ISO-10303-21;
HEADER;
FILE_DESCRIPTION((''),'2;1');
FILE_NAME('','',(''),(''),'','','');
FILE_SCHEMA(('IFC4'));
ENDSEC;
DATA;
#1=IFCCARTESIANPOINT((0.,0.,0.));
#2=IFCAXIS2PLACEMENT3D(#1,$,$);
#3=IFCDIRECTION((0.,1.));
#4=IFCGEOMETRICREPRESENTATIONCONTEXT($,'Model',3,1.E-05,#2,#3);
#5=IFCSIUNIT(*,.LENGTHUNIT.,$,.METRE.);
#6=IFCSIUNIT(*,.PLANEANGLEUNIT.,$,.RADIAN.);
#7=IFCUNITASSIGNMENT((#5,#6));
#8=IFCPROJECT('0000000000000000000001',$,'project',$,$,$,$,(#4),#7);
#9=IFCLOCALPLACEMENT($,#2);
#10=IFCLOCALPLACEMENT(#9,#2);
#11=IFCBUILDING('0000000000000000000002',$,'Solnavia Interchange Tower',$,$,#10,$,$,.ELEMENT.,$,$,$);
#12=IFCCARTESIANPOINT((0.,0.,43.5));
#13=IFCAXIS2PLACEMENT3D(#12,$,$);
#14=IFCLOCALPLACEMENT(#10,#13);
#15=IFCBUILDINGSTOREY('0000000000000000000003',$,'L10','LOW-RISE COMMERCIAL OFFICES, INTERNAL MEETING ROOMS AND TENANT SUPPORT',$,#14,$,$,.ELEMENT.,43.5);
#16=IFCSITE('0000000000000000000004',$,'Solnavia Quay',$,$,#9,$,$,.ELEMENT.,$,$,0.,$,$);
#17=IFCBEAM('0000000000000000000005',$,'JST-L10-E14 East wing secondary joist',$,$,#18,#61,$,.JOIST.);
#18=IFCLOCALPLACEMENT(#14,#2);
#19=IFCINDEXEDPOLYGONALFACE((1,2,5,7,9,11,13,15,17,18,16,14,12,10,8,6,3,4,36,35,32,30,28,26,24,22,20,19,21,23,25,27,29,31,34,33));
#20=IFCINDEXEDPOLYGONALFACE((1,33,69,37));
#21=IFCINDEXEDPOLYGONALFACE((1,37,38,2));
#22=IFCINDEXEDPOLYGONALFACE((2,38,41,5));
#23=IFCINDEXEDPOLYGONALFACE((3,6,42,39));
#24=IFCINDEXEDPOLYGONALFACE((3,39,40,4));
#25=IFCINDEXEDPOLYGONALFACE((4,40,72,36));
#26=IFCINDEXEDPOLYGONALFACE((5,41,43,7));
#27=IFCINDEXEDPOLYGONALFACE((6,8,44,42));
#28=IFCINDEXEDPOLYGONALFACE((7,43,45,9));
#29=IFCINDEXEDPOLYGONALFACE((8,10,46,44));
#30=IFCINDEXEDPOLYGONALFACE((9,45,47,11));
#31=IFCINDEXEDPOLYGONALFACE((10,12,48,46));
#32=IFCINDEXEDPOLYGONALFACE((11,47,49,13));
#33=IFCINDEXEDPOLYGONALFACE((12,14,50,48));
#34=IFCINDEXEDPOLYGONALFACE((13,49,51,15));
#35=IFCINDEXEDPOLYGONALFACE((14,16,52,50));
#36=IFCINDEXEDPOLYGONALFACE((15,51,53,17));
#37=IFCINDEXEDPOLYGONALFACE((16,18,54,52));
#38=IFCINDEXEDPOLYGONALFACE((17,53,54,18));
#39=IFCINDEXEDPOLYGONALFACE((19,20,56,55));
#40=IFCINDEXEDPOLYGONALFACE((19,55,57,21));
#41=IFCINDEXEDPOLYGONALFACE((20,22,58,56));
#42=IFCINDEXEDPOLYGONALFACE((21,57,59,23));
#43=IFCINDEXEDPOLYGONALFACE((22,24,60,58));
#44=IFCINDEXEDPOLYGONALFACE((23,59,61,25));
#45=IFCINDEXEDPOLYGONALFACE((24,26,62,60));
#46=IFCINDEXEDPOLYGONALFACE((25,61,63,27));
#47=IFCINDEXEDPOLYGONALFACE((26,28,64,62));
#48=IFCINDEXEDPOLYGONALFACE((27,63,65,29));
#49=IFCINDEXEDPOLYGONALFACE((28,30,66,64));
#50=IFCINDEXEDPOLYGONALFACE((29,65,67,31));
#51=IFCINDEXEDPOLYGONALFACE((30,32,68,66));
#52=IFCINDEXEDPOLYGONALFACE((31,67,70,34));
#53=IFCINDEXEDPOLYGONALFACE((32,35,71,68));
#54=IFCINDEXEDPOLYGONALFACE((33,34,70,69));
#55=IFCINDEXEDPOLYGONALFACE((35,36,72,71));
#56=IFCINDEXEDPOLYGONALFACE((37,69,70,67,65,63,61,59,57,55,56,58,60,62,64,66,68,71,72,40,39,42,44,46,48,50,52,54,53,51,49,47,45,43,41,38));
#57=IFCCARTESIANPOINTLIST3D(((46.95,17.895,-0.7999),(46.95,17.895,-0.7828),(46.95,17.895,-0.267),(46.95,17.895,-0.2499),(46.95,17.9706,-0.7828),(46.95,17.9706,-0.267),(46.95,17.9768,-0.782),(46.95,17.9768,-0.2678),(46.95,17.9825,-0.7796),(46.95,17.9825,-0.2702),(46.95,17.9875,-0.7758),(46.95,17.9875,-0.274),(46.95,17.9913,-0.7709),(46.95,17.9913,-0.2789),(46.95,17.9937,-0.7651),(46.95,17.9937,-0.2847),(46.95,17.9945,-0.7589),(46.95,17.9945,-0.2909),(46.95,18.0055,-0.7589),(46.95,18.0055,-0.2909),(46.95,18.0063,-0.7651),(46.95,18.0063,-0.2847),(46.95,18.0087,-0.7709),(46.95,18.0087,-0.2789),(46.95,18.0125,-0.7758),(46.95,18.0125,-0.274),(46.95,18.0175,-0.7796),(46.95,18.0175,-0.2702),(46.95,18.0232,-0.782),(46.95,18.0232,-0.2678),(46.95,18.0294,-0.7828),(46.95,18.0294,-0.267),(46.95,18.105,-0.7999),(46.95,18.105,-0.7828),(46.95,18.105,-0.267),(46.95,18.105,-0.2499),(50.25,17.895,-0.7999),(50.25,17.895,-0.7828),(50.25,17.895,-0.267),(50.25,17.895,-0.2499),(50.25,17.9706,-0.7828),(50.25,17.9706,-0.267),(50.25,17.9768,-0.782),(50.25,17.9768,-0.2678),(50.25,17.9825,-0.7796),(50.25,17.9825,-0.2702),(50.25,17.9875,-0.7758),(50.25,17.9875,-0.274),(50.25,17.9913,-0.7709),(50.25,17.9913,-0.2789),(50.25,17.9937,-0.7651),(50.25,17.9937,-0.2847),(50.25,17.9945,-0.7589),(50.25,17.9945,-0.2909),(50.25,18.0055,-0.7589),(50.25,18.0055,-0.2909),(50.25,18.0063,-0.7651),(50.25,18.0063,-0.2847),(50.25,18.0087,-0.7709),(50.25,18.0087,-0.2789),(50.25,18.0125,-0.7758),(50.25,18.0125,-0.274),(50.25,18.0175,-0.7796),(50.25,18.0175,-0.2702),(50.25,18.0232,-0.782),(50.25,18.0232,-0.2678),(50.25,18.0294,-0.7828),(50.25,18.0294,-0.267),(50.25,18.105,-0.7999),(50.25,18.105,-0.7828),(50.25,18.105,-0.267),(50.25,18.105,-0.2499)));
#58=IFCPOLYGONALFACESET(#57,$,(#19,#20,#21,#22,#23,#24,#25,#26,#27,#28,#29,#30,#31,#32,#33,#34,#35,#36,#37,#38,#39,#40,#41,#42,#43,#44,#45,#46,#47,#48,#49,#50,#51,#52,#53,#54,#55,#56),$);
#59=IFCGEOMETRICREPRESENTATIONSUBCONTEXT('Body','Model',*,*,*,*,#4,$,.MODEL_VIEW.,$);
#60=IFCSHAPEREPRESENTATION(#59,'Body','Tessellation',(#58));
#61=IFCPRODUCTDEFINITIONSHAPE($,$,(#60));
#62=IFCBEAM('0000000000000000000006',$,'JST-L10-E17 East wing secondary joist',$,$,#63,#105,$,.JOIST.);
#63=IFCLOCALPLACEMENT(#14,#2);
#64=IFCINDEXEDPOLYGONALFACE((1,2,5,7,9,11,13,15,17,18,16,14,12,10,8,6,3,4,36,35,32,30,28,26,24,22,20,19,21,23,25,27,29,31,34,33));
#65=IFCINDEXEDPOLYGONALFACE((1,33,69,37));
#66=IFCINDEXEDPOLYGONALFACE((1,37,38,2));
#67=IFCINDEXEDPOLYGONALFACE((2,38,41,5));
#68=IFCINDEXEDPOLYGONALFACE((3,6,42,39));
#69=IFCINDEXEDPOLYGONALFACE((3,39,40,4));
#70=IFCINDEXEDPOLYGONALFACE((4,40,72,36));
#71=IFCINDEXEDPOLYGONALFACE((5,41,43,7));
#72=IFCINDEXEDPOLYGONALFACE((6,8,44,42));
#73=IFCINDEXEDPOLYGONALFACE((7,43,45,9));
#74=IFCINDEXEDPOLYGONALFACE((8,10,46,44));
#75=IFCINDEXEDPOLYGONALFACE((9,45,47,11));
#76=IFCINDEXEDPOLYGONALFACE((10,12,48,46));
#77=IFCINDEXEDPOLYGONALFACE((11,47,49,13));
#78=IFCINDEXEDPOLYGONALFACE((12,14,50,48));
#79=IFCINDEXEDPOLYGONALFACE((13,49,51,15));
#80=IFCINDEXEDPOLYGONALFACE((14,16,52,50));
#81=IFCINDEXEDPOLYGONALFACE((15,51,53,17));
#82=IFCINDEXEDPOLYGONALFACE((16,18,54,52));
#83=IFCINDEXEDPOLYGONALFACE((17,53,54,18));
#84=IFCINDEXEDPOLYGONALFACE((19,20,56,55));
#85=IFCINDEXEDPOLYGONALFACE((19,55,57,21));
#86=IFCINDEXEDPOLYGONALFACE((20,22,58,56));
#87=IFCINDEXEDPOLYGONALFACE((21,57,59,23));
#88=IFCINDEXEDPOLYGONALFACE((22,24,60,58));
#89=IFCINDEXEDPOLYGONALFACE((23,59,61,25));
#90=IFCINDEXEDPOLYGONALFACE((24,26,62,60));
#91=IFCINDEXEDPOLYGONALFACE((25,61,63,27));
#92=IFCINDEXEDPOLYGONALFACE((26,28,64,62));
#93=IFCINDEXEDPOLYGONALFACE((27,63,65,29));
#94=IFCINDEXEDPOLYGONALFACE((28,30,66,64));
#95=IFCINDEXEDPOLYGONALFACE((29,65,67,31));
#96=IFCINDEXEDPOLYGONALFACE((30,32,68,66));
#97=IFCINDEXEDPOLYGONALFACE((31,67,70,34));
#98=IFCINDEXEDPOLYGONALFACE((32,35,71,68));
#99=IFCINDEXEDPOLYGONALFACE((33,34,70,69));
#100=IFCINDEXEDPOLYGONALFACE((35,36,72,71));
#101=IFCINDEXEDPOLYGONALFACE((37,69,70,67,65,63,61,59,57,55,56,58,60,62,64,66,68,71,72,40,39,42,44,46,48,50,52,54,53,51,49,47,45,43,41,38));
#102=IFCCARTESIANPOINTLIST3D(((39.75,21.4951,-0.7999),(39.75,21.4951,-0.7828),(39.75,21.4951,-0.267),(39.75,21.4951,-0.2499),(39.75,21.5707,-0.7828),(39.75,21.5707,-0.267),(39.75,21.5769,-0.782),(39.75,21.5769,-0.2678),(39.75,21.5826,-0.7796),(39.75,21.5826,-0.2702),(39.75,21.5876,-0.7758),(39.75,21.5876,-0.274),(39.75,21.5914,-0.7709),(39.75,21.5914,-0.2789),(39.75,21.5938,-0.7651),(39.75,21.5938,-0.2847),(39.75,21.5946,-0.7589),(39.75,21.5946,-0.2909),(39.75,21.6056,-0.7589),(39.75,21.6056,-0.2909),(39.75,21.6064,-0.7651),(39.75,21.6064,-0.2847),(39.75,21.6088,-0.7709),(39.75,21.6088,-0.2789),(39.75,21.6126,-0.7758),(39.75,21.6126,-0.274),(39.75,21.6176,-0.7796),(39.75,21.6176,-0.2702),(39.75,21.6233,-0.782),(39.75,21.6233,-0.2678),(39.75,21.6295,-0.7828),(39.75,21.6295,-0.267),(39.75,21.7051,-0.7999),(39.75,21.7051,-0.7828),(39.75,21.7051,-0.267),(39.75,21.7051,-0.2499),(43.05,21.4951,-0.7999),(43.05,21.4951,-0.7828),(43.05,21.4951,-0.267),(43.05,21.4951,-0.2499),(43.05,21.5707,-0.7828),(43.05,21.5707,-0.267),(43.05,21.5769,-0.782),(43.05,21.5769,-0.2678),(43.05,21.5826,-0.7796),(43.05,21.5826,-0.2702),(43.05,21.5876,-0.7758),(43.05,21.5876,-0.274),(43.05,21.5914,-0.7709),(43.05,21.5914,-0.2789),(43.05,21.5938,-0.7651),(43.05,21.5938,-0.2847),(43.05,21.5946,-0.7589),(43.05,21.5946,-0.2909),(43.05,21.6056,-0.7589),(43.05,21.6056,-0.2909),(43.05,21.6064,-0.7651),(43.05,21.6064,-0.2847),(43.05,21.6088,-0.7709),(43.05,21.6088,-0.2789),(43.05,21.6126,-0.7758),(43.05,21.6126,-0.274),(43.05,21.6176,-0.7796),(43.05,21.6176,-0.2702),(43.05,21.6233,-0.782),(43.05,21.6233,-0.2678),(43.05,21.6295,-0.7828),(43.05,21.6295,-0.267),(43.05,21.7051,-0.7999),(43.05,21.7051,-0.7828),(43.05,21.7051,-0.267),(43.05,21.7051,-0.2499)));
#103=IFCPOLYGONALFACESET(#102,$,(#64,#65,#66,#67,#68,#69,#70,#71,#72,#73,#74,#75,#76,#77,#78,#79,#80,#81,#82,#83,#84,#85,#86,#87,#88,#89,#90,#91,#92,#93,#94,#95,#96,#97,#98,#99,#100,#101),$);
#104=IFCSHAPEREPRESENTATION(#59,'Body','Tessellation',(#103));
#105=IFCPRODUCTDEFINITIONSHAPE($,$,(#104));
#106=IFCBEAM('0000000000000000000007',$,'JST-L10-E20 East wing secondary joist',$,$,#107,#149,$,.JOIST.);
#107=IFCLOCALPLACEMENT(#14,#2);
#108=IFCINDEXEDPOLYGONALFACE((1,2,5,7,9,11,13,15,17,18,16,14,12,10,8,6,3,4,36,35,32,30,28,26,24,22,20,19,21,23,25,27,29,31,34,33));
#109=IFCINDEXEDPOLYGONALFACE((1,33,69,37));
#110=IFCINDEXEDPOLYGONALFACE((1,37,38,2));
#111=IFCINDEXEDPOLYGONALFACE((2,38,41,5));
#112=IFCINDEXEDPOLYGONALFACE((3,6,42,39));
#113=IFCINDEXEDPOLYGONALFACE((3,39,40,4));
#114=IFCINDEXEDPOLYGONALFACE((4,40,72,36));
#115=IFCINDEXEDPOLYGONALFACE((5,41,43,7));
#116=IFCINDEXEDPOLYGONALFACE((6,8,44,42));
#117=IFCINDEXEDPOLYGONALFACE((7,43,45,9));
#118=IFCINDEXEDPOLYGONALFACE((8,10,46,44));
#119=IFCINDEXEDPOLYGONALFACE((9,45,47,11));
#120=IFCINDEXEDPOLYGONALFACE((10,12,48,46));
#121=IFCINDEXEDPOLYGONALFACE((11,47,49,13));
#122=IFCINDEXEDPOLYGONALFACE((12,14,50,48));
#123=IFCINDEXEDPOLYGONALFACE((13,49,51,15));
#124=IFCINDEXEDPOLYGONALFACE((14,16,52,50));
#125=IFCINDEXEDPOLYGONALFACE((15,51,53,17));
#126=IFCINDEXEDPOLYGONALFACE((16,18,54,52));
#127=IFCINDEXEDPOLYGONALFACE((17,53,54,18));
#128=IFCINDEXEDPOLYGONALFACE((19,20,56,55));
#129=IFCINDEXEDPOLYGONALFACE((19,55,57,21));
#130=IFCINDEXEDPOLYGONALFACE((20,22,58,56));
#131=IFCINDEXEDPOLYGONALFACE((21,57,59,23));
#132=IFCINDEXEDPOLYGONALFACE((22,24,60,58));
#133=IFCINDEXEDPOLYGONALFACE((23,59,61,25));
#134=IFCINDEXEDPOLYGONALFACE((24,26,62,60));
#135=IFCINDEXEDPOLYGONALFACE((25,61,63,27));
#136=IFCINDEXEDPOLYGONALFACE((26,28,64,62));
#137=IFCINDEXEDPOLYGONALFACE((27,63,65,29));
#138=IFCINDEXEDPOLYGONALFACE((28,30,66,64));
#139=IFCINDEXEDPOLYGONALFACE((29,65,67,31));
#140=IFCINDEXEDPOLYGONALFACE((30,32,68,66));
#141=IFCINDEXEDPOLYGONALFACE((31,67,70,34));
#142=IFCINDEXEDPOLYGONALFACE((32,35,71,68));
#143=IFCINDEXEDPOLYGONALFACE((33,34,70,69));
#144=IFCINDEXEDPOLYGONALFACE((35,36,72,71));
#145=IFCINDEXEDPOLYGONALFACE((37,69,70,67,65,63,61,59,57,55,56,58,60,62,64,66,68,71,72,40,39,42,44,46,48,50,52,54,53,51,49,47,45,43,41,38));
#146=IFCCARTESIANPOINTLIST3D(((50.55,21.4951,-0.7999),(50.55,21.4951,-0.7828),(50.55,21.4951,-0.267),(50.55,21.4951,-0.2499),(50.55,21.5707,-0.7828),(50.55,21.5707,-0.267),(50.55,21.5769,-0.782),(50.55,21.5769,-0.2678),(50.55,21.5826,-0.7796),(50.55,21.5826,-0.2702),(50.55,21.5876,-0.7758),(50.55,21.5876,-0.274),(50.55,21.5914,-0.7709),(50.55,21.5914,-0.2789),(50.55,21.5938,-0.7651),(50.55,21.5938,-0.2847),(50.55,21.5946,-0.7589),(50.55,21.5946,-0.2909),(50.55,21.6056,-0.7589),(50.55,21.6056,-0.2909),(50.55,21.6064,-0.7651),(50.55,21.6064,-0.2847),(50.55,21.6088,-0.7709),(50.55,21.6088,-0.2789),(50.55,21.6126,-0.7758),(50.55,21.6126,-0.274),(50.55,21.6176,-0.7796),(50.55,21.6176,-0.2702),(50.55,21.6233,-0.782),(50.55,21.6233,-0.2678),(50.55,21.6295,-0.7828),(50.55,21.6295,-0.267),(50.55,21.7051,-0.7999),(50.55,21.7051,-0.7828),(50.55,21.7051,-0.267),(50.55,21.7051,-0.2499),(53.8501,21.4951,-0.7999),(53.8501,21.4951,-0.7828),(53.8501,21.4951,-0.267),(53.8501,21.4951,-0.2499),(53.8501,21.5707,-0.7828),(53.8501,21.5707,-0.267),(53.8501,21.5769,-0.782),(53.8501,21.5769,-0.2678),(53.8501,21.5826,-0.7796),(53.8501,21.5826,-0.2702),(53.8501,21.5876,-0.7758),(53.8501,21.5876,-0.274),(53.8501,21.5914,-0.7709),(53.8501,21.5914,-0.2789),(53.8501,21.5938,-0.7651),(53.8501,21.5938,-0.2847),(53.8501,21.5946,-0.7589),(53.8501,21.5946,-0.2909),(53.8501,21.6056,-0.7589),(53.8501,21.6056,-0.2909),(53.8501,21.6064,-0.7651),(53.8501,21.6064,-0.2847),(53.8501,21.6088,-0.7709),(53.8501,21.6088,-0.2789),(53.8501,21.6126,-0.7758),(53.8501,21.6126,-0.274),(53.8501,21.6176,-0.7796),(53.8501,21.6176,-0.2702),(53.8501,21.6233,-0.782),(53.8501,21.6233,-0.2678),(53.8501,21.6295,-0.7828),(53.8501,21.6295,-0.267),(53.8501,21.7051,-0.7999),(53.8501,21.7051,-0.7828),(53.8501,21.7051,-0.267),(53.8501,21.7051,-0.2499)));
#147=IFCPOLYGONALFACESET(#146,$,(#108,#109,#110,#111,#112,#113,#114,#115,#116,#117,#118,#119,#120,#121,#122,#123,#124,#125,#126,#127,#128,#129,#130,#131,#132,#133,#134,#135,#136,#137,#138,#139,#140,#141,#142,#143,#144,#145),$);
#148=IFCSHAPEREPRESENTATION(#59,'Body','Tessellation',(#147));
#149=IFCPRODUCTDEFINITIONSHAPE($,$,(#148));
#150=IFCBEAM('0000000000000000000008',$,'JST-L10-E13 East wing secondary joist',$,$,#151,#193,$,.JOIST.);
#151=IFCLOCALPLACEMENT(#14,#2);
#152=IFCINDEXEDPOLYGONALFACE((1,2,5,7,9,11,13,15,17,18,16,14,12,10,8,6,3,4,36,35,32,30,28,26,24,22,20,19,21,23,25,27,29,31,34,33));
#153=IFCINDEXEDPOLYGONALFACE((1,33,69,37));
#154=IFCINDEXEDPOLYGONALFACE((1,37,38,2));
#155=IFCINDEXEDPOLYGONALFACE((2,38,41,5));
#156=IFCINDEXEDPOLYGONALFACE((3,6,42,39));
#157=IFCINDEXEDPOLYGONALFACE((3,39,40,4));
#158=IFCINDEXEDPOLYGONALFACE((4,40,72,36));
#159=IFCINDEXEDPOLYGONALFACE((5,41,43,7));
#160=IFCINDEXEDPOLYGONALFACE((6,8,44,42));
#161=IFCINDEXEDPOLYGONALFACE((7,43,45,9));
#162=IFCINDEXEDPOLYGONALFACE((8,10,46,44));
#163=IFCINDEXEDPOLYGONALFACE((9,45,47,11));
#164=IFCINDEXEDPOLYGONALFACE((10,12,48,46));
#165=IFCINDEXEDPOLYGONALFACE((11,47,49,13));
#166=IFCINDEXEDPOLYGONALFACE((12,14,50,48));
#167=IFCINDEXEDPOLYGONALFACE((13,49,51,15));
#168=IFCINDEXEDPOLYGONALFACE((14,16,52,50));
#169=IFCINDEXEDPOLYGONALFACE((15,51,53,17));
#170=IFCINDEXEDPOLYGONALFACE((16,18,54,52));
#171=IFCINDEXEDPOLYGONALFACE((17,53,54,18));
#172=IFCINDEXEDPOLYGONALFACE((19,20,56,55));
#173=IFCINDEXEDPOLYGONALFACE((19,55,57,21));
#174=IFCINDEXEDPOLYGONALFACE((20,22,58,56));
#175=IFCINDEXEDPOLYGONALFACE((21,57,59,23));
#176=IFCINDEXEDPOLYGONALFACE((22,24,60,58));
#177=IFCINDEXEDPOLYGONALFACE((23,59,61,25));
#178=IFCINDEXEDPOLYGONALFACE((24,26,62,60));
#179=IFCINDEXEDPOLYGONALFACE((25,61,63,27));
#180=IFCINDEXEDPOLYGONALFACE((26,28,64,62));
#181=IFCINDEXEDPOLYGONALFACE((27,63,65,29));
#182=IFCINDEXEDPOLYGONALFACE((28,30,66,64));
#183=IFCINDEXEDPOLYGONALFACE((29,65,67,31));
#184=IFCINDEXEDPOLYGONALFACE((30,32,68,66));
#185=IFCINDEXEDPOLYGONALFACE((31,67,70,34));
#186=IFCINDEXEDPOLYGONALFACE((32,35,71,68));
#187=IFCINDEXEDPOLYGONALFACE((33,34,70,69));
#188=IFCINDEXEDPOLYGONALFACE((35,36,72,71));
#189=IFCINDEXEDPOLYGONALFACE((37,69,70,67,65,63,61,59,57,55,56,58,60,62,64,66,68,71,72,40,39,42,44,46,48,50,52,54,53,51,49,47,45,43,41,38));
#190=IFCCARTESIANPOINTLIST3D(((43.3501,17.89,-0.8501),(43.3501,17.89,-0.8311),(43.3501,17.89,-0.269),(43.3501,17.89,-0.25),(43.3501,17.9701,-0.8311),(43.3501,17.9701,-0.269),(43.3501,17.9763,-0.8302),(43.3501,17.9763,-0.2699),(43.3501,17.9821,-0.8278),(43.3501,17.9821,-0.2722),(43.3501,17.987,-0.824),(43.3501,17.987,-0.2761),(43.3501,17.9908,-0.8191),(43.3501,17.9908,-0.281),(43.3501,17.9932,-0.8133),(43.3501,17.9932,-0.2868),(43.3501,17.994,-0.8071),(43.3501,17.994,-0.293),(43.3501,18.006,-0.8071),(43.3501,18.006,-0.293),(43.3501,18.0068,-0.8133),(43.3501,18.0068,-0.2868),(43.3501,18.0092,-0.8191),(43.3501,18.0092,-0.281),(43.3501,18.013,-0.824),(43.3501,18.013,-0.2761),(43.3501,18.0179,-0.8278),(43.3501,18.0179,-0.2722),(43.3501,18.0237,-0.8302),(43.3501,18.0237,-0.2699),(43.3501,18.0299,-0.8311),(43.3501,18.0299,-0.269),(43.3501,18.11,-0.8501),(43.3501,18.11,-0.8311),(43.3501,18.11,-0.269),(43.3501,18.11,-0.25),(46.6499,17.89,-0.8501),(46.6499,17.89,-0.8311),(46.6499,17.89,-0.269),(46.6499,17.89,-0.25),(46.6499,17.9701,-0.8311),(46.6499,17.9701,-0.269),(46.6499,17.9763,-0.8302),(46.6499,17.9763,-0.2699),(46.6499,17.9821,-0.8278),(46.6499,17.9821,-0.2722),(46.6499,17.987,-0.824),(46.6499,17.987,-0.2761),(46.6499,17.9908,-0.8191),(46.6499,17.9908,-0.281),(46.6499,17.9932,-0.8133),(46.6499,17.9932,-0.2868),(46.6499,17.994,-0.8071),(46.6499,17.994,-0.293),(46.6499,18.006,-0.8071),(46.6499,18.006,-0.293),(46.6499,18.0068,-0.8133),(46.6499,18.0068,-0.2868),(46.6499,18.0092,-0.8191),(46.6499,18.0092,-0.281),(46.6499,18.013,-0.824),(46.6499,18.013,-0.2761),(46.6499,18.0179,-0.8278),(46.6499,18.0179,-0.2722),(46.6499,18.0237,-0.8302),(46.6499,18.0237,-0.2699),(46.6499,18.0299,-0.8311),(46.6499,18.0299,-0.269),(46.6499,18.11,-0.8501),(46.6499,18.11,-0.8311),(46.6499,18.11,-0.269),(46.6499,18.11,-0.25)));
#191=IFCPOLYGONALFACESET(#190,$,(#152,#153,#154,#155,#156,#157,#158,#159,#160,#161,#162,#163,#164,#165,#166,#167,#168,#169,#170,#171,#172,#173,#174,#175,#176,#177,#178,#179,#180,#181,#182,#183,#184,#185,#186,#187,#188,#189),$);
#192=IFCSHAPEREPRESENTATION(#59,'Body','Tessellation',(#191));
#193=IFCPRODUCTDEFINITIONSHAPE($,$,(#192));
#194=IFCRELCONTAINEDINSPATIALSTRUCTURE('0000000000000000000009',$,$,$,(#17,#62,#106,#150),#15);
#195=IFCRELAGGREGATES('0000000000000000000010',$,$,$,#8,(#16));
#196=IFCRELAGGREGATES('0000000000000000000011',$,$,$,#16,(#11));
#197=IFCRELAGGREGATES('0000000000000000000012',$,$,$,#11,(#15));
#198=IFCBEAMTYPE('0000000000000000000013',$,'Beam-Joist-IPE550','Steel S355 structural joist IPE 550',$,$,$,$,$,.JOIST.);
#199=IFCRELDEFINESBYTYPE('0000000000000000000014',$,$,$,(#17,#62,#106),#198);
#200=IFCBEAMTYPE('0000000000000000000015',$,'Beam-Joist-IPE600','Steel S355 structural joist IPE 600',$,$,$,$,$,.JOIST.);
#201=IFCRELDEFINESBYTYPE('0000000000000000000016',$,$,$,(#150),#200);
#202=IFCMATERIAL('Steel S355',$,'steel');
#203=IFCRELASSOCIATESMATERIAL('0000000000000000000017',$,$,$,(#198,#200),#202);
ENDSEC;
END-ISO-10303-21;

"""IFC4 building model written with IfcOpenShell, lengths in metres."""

from ifc_helpers import new_model, si_unit, direction, frame, origin, origin_2d, place, context, subcontext, project, spatial, i_section, extrude, material, material_profile, profile_set, type_object, element, save


model = new_model("IFC4")

# Units and contexts
model_context = context("Model", 3, precision=1e-05, world=origin(), true_north=direction((0.0, 1.0)))
body_context = subcontext(model_context, "Body", "Model", "MODEL_VIEW")
ifc_project = project(units=[si_unit("LENGTHUNIT", "METRE"), si_unit("PLANEANGLEUNIT", "RADIAN")], contexts=[model_context])

# Site, building, storey
site_placement = place(None, origin())
site = spatial("IfcSite", under=ifc_project, at=site_placement, Name="Solnavia Quay", CompositionType="ELEMENT", RefElevation=0.0)
building_placement = place(site_placement, origin())
building = spatial("IfcBuilding", under=site, at=building_placement, Name="Solnavia Interchange Tower", CompositionType="ELEMENT")
storey_placement = place(building_placement, frame((0.0, 0.0, 43.5)))
storey = spatial("IfcBuildingStorey", under=building, at=storey_placement, Name="L10", Description="LOW-RISE COMMERCIAL OFFICES, INTERNAL MEETING ROOMS AND TENANT SUPPORT", CompositionType="ELEMENT", Elevation=43.5)

# Beams
ifc_material_1 = material(Name="Steel S355", Category="steel")
ifc_material_profile_1 = material_profile(ifc_material_1, i_section(OverallWidth=0.21, OverallDepth=0.55, WebThickness=0.011, FlangeThickness=0.0171, FilletRadius=0.0239, at=origin_2d()), Name="IPE 550")
ifc_profile_set_1 = profile_set([ifc_material_profile_1], Name="Steel S355")
beam_type_1 = type_object("IfcBeamType", Name="Beam-Joist-IPE550", Description="Steel S355 structural joist IPE 550", PredefinedType="JOIST", material=ifc_profile_set_1)
for number, where, z_axis, x_axis, name in (
    (1, (46.95, 18.0, -0.5249), (1.0, 0.0, 0.0), (0.0, 1.0, 0.0), "JST-L10-E14 East wing secondary joist"),
    (2, (39.75, 21.6001, -0.5249), (1.0, 0.0, 0.0), (0.0, 1.0, 0.0), "JST-L10-E17 East wing secondary joist"),
    (3, (50.55, 21.6001, -0.5249), (1.0, 0.0, 0.0), (0.0, 1.0, 0.0), "JST-L10-E20 East wing secondary joist"),
):
    element("IfcBeam", number, at=place(storey_placement, frame(where, z_axis=z_axis, x_axis=x_axis)), inside=storey, type_object=beam_type_1, Name=name, PredefinedType="JOIST", context=body_context, shape_type="SweptSolid", body=[
        extrude(i_section(OverallWidth=0.21, OverallDepth=0.55, WebThickness=0.011, FlangeThickness=0.0171, FilletRadius=0.0239, at=origin_2d()), origin(), (0.0, 0.0, 1.0), 3.3),
    ])
ifc_material_profile_2 = material_profile(ifc_material_1, i_section(OverallWidth=0.22, OverallDepth=0.6001, WebThickness=0.012, FlangeThickness=0.019, FilletRadius=0.0239, at=origin_2d()), Name="IPE 600")
ifc_profile_set_2 = profile_set([ifc_material_profile_2], Name="Steel S355")
beam_type_2 = type_object("IfcBeamType", Name="Beam-Joist-IPE600", Description="Steel S355 structural joist IPE 600", PredefinedType="JOIST", material=ifc_profile_set_2)
beam_1_placement = place(storey_placement, frame((43.3501, 18.0, -0.55), z_axis=(1.0, 0.0, 0.0), x_axis=(0.0, 1.0, 0.0)))
element("IfcBeam", 4, at=beam_1_placement, inside=storey, type_object=beam_type_2, Name="JST-L10-E13 East wing secondary joist", PredefinedType="JOIST", context=body_context, shape_type="SweptSolid", body=[
    extrude(i_section(OverallWidth=0.22, OverallDepth=0.6001, WebThickness=0.012, FlangeThickness=0.019, FilletRadius=0.0239, at=origin_2d()), origin(), (0.0, 0.0, 1.0), 3.2998),
])

save(model, "model.ifc")
